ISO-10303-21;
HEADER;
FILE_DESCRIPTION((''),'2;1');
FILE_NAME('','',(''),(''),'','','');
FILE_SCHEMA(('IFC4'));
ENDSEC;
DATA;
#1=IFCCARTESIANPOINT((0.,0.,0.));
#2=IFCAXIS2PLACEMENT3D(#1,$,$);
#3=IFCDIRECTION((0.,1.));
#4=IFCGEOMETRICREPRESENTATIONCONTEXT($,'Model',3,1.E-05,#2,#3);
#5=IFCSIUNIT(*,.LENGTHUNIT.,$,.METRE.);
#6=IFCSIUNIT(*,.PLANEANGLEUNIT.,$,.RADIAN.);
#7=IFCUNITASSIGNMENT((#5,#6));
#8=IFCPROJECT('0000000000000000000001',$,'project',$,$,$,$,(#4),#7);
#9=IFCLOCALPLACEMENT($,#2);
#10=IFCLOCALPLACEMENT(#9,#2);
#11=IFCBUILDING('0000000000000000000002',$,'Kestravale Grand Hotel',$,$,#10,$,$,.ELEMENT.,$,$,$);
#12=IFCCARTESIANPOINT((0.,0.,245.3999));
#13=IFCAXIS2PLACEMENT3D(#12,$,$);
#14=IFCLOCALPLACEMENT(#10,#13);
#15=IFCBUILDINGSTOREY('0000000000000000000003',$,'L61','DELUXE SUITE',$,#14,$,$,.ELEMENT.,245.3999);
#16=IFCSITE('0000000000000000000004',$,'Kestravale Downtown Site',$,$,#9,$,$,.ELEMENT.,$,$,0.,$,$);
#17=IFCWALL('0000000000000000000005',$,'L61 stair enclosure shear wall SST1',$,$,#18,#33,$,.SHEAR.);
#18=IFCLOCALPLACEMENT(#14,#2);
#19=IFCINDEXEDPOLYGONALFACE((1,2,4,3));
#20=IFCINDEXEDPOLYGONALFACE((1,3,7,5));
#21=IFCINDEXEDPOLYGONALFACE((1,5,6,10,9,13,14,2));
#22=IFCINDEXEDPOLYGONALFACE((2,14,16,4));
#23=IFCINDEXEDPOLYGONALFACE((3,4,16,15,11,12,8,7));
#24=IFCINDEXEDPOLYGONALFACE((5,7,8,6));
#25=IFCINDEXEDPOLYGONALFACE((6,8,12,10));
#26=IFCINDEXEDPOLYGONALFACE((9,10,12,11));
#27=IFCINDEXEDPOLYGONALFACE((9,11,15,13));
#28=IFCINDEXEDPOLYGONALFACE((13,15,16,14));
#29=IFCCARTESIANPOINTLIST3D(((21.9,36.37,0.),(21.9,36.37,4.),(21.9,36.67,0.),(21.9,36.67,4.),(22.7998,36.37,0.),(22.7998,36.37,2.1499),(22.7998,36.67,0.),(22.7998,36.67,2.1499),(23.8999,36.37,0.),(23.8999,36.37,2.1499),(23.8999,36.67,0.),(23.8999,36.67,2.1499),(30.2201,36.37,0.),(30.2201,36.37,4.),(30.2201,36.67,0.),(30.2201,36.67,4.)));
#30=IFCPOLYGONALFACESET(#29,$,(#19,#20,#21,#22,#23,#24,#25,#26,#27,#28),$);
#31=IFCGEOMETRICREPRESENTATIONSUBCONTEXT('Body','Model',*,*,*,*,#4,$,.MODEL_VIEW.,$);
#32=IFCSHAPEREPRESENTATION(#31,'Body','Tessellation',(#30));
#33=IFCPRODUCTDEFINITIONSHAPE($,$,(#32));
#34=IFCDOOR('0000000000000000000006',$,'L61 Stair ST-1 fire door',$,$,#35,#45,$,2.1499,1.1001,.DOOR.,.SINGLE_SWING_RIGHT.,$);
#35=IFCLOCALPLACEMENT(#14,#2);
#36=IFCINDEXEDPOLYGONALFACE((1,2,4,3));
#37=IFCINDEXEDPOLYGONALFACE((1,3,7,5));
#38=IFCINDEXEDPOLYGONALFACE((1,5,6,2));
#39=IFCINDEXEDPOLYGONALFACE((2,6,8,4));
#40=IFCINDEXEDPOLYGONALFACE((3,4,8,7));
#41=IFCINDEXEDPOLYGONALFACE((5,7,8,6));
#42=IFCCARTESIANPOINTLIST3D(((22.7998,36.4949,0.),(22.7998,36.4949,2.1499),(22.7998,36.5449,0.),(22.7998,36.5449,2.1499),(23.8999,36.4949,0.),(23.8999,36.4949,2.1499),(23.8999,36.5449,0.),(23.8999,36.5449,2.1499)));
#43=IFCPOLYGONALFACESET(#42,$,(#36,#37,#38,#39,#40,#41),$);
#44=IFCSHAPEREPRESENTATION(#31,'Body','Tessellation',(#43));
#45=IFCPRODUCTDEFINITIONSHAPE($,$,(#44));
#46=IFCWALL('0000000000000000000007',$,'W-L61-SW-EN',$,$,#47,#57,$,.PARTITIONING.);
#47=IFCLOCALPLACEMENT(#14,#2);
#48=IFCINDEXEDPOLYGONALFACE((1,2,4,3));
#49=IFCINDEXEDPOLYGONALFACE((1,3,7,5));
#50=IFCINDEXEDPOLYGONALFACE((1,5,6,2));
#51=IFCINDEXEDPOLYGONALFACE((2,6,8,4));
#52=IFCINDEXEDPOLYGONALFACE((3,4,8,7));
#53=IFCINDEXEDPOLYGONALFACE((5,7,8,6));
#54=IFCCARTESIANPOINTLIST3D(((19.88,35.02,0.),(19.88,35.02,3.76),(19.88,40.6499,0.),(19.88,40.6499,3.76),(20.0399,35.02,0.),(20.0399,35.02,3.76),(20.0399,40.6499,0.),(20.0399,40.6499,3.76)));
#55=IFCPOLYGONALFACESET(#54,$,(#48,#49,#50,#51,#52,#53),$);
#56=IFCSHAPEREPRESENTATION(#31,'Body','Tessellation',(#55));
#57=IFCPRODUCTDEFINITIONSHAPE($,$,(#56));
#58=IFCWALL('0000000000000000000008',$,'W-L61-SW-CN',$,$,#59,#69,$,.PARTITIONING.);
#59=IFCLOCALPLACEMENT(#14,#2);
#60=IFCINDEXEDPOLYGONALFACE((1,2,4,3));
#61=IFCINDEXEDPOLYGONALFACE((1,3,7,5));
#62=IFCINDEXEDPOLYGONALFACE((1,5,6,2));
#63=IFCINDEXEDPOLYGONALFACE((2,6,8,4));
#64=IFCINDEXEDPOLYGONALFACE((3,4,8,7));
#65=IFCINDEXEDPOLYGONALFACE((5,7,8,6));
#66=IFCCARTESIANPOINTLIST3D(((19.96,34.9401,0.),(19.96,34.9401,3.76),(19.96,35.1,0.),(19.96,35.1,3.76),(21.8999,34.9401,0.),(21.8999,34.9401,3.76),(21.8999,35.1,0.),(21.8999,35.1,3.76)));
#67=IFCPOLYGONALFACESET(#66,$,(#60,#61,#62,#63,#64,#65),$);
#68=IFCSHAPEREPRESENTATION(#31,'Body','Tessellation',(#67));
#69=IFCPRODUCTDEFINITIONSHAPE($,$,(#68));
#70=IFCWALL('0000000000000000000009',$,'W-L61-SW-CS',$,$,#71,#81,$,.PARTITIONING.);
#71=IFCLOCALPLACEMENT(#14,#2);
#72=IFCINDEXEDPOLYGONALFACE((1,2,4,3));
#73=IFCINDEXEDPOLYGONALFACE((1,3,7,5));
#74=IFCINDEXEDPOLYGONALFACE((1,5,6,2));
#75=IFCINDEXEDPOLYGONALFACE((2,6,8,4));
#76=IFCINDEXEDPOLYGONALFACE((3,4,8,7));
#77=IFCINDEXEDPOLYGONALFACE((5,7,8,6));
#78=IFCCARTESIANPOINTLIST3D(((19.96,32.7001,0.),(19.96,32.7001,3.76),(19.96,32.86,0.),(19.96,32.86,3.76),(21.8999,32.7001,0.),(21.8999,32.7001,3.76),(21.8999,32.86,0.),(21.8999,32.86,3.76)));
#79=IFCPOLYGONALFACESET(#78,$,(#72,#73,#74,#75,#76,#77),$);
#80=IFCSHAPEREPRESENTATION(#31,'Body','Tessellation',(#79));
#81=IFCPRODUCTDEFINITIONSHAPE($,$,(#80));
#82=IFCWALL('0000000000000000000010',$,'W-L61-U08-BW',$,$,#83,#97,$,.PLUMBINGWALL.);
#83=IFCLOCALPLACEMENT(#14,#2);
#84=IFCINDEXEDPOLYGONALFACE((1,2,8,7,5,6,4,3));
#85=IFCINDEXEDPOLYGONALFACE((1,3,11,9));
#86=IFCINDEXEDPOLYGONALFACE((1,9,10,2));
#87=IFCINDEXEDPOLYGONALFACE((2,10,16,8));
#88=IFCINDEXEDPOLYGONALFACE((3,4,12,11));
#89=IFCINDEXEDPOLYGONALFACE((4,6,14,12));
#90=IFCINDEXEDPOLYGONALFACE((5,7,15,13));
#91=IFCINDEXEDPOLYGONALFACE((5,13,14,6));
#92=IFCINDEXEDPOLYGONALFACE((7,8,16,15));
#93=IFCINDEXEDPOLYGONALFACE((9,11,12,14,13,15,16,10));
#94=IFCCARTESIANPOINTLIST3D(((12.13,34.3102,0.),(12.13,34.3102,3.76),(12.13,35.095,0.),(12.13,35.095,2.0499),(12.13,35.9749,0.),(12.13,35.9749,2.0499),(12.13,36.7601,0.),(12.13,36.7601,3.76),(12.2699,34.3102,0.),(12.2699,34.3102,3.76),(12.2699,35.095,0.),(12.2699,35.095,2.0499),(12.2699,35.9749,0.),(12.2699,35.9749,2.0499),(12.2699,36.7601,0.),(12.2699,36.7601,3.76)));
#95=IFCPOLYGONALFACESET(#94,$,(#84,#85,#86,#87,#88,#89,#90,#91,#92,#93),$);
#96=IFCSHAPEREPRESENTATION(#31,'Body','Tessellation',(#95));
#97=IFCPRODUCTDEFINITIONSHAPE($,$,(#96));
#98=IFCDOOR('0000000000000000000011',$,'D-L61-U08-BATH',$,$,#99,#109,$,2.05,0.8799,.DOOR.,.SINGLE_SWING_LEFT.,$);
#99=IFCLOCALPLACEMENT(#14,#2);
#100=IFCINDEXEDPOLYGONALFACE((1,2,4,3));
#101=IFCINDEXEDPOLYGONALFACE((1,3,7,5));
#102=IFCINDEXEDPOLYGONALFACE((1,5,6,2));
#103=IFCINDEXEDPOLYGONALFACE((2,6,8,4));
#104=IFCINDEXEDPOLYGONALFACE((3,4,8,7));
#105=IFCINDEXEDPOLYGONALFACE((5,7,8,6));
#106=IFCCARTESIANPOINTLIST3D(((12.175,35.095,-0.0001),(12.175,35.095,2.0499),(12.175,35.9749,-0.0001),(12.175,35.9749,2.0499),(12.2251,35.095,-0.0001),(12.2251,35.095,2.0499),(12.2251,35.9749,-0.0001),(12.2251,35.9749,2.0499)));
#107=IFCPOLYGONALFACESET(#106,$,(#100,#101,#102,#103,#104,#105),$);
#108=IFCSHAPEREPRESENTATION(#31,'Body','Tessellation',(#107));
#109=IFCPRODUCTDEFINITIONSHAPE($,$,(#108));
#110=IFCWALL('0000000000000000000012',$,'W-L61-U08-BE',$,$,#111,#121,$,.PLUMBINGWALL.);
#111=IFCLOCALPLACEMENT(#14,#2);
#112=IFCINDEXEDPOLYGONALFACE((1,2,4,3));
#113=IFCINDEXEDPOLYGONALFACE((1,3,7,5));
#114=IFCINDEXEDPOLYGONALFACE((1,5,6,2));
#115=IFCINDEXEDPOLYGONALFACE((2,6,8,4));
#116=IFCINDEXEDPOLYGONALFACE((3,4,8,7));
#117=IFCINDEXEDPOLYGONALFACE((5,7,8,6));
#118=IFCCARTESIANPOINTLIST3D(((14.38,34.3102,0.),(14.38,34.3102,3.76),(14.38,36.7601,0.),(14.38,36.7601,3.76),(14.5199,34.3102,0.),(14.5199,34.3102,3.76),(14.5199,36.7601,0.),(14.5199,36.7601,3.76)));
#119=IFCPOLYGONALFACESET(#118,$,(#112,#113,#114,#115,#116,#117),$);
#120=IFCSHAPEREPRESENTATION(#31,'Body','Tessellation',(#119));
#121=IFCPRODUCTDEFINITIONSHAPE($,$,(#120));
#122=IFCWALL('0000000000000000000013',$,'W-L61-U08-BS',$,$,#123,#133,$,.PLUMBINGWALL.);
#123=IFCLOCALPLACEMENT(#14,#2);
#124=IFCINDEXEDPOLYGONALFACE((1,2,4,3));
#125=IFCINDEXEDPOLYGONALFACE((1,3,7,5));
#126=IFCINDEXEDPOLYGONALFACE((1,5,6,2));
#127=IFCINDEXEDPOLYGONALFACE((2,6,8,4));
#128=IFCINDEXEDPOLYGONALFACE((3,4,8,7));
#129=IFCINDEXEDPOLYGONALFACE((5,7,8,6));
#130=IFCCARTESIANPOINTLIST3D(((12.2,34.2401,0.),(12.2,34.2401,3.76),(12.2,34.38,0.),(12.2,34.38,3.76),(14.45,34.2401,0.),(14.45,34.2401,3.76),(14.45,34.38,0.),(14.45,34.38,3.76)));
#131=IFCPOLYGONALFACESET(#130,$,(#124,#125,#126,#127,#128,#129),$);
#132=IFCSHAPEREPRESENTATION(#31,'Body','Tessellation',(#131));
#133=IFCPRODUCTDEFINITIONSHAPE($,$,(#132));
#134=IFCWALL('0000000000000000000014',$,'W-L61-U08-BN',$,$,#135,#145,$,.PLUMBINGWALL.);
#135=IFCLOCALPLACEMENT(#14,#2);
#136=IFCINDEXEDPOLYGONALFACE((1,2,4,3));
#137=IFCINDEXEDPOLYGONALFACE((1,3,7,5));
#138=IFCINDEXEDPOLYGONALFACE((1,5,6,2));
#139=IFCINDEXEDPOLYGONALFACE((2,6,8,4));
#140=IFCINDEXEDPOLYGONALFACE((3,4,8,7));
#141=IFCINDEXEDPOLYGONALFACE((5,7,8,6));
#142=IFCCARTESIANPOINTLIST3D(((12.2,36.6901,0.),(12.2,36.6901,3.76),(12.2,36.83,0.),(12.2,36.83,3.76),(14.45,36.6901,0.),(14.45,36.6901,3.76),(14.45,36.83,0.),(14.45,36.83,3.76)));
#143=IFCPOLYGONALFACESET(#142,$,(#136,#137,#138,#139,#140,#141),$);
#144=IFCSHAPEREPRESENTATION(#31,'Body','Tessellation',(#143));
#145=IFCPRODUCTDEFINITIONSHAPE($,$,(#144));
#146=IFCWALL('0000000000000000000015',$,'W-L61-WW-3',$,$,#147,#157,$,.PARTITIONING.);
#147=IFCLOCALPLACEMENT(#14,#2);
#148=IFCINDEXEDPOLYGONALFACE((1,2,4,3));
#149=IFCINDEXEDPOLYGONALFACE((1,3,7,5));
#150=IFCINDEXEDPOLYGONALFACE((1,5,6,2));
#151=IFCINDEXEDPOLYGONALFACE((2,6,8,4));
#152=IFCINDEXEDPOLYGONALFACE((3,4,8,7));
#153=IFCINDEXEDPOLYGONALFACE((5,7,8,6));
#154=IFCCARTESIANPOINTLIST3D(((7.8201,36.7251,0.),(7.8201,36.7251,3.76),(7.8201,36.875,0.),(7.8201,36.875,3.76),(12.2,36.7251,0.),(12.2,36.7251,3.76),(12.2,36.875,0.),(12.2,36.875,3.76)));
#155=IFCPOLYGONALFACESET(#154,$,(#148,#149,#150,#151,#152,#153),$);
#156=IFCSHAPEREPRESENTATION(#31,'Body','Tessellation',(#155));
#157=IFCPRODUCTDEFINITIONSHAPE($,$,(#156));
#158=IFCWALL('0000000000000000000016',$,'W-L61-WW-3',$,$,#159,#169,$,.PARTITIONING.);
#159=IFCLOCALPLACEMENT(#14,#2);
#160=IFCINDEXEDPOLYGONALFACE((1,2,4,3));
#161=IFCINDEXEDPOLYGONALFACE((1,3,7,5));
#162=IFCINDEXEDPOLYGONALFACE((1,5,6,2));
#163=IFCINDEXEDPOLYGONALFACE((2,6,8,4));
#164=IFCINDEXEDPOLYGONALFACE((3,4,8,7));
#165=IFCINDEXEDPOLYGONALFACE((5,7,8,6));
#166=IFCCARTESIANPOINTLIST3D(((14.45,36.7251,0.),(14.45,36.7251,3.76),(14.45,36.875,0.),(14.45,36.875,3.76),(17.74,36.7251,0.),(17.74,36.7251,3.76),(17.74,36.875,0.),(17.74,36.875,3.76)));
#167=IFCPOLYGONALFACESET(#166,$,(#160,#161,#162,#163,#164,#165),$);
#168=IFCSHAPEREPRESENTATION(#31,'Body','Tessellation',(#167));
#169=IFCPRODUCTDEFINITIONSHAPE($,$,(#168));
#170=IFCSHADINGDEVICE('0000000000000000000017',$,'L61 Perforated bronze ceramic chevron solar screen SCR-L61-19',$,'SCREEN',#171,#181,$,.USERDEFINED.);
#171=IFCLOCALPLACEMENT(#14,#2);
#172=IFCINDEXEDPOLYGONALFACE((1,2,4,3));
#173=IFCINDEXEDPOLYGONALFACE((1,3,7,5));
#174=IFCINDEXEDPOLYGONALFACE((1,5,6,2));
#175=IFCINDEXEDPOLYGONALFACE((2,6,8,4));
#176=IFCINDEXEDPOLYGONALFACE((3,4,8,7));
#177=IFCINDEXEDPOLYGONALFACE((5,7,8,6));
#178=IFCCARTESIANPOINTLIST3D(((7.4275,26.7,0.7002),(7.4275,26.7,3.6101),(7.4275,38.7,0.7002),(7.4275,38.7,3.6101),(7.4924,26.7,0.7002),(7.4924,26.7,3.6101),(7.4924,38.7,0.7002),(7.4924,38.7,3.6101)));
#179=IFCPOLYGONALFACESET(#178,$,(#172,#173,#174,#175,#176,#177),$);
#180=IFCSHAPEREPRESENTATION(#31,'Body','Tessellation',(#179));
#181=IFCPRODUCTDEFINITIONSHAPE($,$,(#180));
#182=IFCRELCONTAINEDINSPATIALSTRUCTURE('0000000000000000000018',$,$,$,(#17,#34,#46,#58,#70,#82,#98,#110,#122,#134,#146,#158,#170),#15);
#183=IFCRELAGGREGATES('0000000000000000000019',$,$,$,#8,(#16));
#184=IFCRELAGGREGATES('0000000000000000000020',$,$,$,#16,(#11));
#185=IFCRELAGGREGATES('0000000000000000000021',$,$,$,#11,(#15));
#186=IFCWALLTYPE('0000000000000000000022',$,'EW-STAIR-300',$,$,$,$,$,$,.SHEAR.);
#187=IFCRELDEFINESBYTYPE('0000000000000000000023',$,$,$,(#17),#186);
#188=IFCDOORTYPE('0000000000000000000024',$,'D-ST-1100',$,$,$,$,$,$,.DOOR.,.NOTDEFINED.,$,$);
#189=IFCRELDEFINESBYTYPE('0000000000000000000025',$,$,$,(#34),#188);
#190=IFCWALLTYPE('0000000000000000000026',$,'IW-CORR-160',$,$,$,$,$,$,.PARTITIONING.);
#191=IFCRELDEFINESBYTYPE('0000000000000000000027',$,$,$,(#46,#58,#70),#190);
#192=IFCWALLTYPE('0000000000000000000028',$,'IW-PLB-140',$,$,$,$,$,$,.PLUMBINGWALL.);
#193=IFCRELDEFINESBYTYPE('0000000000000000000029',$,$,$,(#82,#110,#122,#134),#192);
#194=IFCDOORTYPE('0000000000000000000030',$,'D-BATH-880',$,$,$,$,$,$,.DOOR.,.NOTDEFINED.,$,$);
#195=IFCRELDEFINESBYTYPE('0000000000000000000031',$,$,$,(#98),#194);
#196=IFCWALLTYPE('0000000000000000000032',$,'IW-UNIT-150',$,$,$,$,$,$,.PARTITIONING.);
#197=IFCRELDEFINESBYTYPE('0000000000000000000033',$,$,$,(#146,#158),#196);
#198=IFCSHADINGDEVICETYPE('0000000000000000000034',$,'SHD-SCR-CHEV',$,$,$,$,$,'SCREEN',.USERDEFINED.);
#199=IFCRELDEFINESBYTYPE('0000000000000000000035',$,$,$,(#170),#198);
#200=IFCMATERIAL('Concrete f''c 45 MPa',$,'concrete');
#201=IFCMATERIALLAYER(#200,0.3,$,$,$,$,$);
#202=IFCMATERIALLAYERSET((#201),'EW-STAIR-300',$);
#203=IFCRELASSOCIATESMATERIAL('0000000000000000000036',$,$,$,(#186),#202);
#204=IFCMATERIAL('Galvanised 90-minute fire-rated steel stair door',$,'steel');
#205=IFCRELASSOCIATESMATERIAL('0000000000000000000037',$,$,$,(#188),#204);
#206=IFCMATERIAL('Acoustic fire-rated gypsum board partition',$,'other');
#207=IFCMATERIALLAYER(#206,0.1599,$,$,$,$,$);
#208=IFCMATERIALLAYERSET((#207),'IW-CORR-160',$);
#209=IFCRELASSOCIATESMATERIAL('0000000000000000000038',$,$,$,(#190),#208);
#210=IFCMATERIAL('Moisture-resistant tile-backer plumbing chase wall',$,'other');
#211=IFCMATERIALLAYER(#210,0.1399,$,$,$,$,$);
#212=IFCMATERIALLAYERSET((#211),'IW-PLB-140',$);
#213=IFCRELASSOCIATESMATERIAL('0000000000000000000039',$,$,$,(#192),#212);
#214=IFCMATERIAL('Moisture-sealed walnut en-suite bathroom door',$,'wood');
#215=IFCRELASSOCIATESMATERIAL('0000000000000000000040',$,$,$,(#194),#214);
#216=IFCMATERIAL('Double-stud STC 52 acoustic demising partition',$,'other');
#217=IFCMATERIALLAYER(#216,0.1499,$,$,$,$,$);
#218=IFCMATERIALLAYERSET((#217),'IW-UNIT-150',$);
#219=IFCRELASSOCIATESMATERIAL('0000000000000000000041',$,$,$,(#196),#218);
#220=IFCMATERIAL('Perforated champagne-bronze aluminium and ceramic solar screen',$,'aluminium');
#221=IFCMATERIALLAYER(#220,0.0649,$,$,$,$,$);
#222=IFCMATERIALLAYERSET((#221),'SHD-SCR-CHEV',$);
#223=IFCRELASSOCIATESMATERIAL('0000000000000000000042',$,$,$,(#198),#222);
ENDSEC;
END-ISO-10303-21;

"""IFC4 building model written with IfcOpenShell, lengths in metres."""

from ifc_helpers import new_model, si_unit, direction, frame, frame_2d, origin, origin_2d, place, context, subcontext, project, spatial, rectangle, extrude, material, layer, layer_set, type_object, element, fill, save


model = new_model("IFC4")

# Units and contexts
model_context = context("Model", 3, precision=1e-05, world=origin(), true_north=direction((0.0, 1.0)))
body_context = subcontext(model_context, "Body", "Model", "MODEL_VIEW")
ifc_project = project(units=[si_unit("LENGTHUNIT", "METRE"), si_unit("PLANEANGLEUNIT", "RADIAN")], contexts=[model_context])

# Site, building, storey
site_placement = place(None, origin())
site = spatial("IfcSite", under=ifc_project, at=site_placement, Name="Kestravale Downtown Site", CompositionType="ELEMENT", RefElevation=0.0)
building_placement = place(site_placement, origin())
building = spatial("IfcBuilding", under=site, at=building_placement, Name="Kestravale Grand Hotel", CompositionType="ELEMENT")
storey_placement = place(building_placement, frame((0.0, 0.0, 245.3999)))
storey = spatial("IfcBuildingStorey", under=building, at=storey_placement, Name="L61", Description="DELUXE SUITE", CompositionType="ELEMENT", Elevation=245.3999)

# Wall, opening, door
ifc_material_1 = material(Name="Concrete f'c 45 MPa", Category="concrete")
ifc_layer_1 = layer(ifc_material_1, 0.3)
ifc_layer_set_1 = layer_set([ifc_layer_1], Name="EW-STAIR-300")
wall_type_1 = type_object("IfcWallType", Name="EW-STAIR-300", PredefinedType="SHEAR", material=ifc_layer_set_1)
wall_1_placement = place(storey_placement, frame((21.8999, 36.52, 0.0), z_axis=(0.0, 0.0, 1.0), x_axis=(1.0, 0.0, 0.0)))
wall_1 = element("IfcWall", 1, at=wall_1_placement, inside=storey, type_object=wall_type_1, Name="L61 stair enclosure shear wall SST1", PredefinedType="SHEAR", context=body_context, shape_type="SweptSolid", body=[
    extrude(rectangle(XDim=8.3201, YDim=0.3, at=frame_2d((4.1602, 0.0))), origin(), (0.0, 0.0, 1.0), 4.0),
])
opening_1_placement = place(wall_1_placement, frame((0.8999, 0.0, 0.0)))
opening_1 = element("IfcOpeningElement", 2, at=opening_1_placement, cuts=wall_1, PredefinedType="OPENING", context=body_context, shape_type="SweptSolid", body=[
    extrude(rectangle(XDim=1.1001, YDim=2.1499, at=frame_2d((0.55, 1.075))), frame((0.0, 0.1599, 0.0), z_axis=(0.0, -1.0, 0.0), x_axis=(1.0, 0.0, 0.0)), (0.0, 0.0, 1.0), 0.3201),
])
ifc_material_2 = material(Name="Galvanised 90-minute fire-rated steel stair door", Category="steel")
door_type_1 = type_object("IfcDoorType", Name="D-ST-1100", OperationType="NOTDEFINED", PredefinedType="DOOR", material=ifc_material_2)
door_1_placement = place(opening_1_placement, origin())
door_1 = element("IfcDoor", 3, at=door_1_placement, inside=storey, type_object=door_type_1, Name="L61 Stair ST-1 fire door", OperationType="SINGLE_SWING_RIGHT", OverallHeight=2.1499, OverallWidth=1.1001, PredefinedType="DOOR", context=body_context, shape_type="SweptSolid", body=[
    extrude(rectangle(XDim=1.1001, YDim=2.1499, at=frame_2d((0.55, 1.075))), frame((0.0, 0.0249, 0.0), z_axis=(0.0, -1.0, 0.0), x_axis=(1.0, 0.0, 0.0)), (0.0, 0.0, 1.0), 0.05),
])
fill(opening_1, door_1)

# Walls
ifc_material_3 = material(Name="Acoustic fire-rated gypsum board partition", Category="other")
ifc_layer_2 = layer(ifc_material_3, 0.1599)
ifc_layer_set_2 = layer_set([ifc_layer_2], Name="IW-CORR-160")
wall_type_2 = type_object("IfcWallType", Name="IW-CORR-160", PredefinedType="PARTITIONING", material=ifc_layer_set_2)
wall_2_placement = place(storey_placement, frame((19.96, 35.02, 0.0), z_axis=(0.0, 0.0, 1.0), x_axis=(0.0, 1.0, 0.0)))
element("IfcWall", 4, at=wall_2_placement, inside=storey, type_object=wall_type_2, Name="W-L61-SW-EN", PredefinedType="PARTITIONING", context=body_context, shape_type="SweptSolid", body=[
    extrude(rectangle(XDim=5.6299, YDim=0.1599, at=frame_2d((2.8149, 0.0))), origin(), (0.0, 0.0, 1.0), 3.76),
])
for number, where, z_axis, x_axis, name in (
    (5, (19.96, 35.02, 0.0), (0.0, 0.0, 1.0), (1.0, 0.0, 0.0), "W-L61-SW-CN"),
    (6, (19.96, 32.78, 0.0), (0.0, 0.0, 1.0), (1.0, 0.0, 0.0), "W-L61-SW-CS"),
):
    element("IfcWall", number, at=place(storey_placement, frame(where, z_axis=z_axis, x_axis=x_axis)), inside=storey, type_object=wall_type_2, Name=name, PredefinedType="PARTITIONING", context=body_context, shape_type="SweptSolid", body=[
        extrude(rectangle(XDim=1.9399, YDim=0.1599, at=frame_2d((0.97, 0.0))), origin(), (0.0, 0.0, 1.0), 3.76),
    ])

# Wall, opening, door
ifc_material_4 = material(Name="Moisture-resistant tile-backer plumbing chase wall", Category="other")
ifc_layer_3 = layer(ifc_material_4, 0.1399)
ifc_layer_set_3 = layer_set([ifc_layer_3], Name="IW-PLB-140")
wall_type_3 = type_object("IfcWallType", Name="IW-PLB-140", PredefinedType="PLUMBINGWALL", material=ifc_layer_set_3)
wall_3_placement = place(storey_placement, frame((12.2, 34.3101, 0.0), z_axis=(0.0, 0.0, 1.0), x_axis=(0.0, 1.0, 0.0)))
wall_3 = element("IfcWall", 7, at=wall_3_placement, inside=storey, type_object=wall_type_3, Name="W-L61-U08-BW", PredefinedType="PLUMBINGWALL", context=body_context, shape_type="SweptSolid", body=[
    extrude(rectangle(XDim=2.45, YDim=0.1399, at=frame_2d((1.2251, 0.0))), origin(), (0.0, 0.0, 1.0), 3.76),
])
opening_2_placement = place(wall_3_placement, frame((0.7849, 0.0, 0.0)))
opening_2 = element("IfcOpeningElement", 8, at=opening_2_placement, cuts=wall_3, PredefinedType="OPENING", context=body_context, shape_type="SweptSolid", body=[
    extrude(rectangle(XDim=0.8799, YDim=2.05, at=frame_2d((0.4399, 1.0249))), frame((0.0, 0.0798, 0.0), z_axis=(0.0, -1.0, 0.0), x_axis=(1.0, 0.0, 0.0)), (0.0, 0.0, 1.0), 0.1599),
])
ifc_material_5 = material(Name="Moisture-sealed walnut en-suite bathroom door", Category="wood")
door_type_2 = type_object("IfcDoorType", Name="D-BATH-880", OperationType="NOTDEFINED", PredefinedType="DOOR", material=ifc_material_5)
door_2_placement = place(opening_2_placement, origin())
door_2 = element("IfcDoor", 9, at=door_2_placement, inside=storey, type_object=door_type_2, Name="D-L61-U08-BATH", OperationType="SINGLE_SWING_LEFT", OverallHeight=2.05, OverallWidth=0.8799, PredefinedType="DOOR", context=body_context, shape_type="SweptSolid", body=[
    extrude(rectangle(XDim=0.8799, YDim=2.05, at=frame_2d((0.4399, 1.0249))), frame((0.0, 0.0249, 0.0), z_axis=(0.0, -1.0, 0.0), x_axis=(1.0, 0.0, 0.0)), (0.0, 0.0, 1.0), 0.05),
])
fill(opening_2, door_2)

# Walls
wall_4_placement = place(storey_placement, frame((14.45, 34.3101, 0.0), z_axis=(0.0, 0.0, 1.0), x_axis=(0.0, 1.0, 0.0)))
element("IfcWall", 10, at=wall_4_placement, inside=storey, type_object=wall_type_3, Name="W-L61-U08-BE", PredefinedType="PLUMBINGWALL", context=body_context, shape_type="SweptSolid", body=[
    extrude(rectangle(XDim=2.45, YDim=0.1399, at=frame_2d((1.2251, 0.0))), origin(), (0.0, 0.0, 1.0), 3.76),
])
for number, where, z_axis, x_axis, name in (
    (11, (12.2, 34.3101, 0.0), (0.0, 0.0, 1.0), (1.0, 0.0, 0.0), "W-L61-U08-BS"),
    (12, (12.2, 36.76, 0.0), (0.0, 0.0, 1.0), (1.0, 0.0, 0.0), "W-L61-U08-BN"),
):
    element("IfcWall", number, at=place(storey_placement, frame(where, z_axis=z_axis, x_axis=x_axis)), inside=storey, type_object=wall_type_3, Name=name, PredefinedType="PLUMBINGWALL", context=body_context, shape_type="SweptSolid", body=[
        extrude(rectangle(XDim=2.25, YDim=0.1399, at=frame_2d((1.125, 0.0))), origin(), (0.0, 0.0, 1.0), 3.76),
    ])
ifc_material_6 = material(Name="Double-stud STC 52 acoustic demising partition", Category="other")
ifc_layer_4 = layer(ifc_material_6, 0.1499)
ifc_layer_set_4 = layer_set([ifc_layer_4], Name="IW-UNIT-150")
wall_type_4 = type_object("IfcWallType", Name="IW-UNIT-150", PredefinedType="PARTITIONING", material=ifc_layer_set_4)
wall_5_placement = place(storey_placement, frame((7.8201, 36.8, 0.0), z_axis=(0.0, 0.0, 1.0), x_axis=(1.0, 0.0, 0.0)))
element("IfcWall", 13, at=wall_5_placement, inside=storey, type_object=wall_type_4, Name="W-L61-WW-3", PredefinedType="PARTITIONING", context=body_context, shape_type="SweptSolid", body=[
    extrude(rectangle(XDim=4.3799, YDim=0.1499, at=frame_2d((2.1899, 0.0))), origin(), (0.0, 0.0, 1.0), 3.76),
])
wall_6_placement = place(storey_placement, frame((14.45, 36.8, 0.0), z_axis=(0.0, 0.0, 1.0), x_axis=(1.0, 0.0, 0.0)))
element("IfcWall", 14, at=wall_6_placement, inside=storey, type_object=wall_type_4, Name="W-L61-WW-3", PredefinedType="PARTITIONING", context=body_context, shape_type="SweptSolid", body=[
    extrude(rectangle(XDim=3.29, YDim=0.1499, at=frame_2d((1.645, 0.0))), origin(), (0.0, 0.0, 1.0), 3.76),
])

# Shading device
ifc_material_7 = material(Name="Perforated champagne-bronze aluminium and ceramic solar screen", Category="aluminium")
ifc_layer_5 = layer(ifc_material_7, 0.0649)
ifc_layer_set_5 = layer_set([ifc_layer_5], Name="SHD-SCR-CHEV")
shading_device_type = type_object("IfcShadingDeviceType", Name="SHD-SCR-CHEV", ElementType="SCREEN", PredefinedType="USERDEFINED", material=ifc_layer_set_5)
shading_device_placement = place(storey_placement, frame((7.46, 32.7, 0.7002), z_axis=(0.0, 0.0, 1.0), x_axis=(0.0, -1.0, 0.0)))
element("IfcShadingDevice", 15, at=shading_device_placement, inside=storey, type_object=shading_device_type, Name="L61 Perforated bronze ceramic chevron solar screen SCR-L61-19", ObjectType="SCREEN", PredefinedType="USERDEFINED", context=body_context, shape_type="SweptSolid", body=[
    extrude(rectangle(XDim=12.0, YDim=0.0649, at=origin_2d()), origin(), (0.0, 0.0, 1.0), 2.9099),
])

save(model, "model.ifc")
